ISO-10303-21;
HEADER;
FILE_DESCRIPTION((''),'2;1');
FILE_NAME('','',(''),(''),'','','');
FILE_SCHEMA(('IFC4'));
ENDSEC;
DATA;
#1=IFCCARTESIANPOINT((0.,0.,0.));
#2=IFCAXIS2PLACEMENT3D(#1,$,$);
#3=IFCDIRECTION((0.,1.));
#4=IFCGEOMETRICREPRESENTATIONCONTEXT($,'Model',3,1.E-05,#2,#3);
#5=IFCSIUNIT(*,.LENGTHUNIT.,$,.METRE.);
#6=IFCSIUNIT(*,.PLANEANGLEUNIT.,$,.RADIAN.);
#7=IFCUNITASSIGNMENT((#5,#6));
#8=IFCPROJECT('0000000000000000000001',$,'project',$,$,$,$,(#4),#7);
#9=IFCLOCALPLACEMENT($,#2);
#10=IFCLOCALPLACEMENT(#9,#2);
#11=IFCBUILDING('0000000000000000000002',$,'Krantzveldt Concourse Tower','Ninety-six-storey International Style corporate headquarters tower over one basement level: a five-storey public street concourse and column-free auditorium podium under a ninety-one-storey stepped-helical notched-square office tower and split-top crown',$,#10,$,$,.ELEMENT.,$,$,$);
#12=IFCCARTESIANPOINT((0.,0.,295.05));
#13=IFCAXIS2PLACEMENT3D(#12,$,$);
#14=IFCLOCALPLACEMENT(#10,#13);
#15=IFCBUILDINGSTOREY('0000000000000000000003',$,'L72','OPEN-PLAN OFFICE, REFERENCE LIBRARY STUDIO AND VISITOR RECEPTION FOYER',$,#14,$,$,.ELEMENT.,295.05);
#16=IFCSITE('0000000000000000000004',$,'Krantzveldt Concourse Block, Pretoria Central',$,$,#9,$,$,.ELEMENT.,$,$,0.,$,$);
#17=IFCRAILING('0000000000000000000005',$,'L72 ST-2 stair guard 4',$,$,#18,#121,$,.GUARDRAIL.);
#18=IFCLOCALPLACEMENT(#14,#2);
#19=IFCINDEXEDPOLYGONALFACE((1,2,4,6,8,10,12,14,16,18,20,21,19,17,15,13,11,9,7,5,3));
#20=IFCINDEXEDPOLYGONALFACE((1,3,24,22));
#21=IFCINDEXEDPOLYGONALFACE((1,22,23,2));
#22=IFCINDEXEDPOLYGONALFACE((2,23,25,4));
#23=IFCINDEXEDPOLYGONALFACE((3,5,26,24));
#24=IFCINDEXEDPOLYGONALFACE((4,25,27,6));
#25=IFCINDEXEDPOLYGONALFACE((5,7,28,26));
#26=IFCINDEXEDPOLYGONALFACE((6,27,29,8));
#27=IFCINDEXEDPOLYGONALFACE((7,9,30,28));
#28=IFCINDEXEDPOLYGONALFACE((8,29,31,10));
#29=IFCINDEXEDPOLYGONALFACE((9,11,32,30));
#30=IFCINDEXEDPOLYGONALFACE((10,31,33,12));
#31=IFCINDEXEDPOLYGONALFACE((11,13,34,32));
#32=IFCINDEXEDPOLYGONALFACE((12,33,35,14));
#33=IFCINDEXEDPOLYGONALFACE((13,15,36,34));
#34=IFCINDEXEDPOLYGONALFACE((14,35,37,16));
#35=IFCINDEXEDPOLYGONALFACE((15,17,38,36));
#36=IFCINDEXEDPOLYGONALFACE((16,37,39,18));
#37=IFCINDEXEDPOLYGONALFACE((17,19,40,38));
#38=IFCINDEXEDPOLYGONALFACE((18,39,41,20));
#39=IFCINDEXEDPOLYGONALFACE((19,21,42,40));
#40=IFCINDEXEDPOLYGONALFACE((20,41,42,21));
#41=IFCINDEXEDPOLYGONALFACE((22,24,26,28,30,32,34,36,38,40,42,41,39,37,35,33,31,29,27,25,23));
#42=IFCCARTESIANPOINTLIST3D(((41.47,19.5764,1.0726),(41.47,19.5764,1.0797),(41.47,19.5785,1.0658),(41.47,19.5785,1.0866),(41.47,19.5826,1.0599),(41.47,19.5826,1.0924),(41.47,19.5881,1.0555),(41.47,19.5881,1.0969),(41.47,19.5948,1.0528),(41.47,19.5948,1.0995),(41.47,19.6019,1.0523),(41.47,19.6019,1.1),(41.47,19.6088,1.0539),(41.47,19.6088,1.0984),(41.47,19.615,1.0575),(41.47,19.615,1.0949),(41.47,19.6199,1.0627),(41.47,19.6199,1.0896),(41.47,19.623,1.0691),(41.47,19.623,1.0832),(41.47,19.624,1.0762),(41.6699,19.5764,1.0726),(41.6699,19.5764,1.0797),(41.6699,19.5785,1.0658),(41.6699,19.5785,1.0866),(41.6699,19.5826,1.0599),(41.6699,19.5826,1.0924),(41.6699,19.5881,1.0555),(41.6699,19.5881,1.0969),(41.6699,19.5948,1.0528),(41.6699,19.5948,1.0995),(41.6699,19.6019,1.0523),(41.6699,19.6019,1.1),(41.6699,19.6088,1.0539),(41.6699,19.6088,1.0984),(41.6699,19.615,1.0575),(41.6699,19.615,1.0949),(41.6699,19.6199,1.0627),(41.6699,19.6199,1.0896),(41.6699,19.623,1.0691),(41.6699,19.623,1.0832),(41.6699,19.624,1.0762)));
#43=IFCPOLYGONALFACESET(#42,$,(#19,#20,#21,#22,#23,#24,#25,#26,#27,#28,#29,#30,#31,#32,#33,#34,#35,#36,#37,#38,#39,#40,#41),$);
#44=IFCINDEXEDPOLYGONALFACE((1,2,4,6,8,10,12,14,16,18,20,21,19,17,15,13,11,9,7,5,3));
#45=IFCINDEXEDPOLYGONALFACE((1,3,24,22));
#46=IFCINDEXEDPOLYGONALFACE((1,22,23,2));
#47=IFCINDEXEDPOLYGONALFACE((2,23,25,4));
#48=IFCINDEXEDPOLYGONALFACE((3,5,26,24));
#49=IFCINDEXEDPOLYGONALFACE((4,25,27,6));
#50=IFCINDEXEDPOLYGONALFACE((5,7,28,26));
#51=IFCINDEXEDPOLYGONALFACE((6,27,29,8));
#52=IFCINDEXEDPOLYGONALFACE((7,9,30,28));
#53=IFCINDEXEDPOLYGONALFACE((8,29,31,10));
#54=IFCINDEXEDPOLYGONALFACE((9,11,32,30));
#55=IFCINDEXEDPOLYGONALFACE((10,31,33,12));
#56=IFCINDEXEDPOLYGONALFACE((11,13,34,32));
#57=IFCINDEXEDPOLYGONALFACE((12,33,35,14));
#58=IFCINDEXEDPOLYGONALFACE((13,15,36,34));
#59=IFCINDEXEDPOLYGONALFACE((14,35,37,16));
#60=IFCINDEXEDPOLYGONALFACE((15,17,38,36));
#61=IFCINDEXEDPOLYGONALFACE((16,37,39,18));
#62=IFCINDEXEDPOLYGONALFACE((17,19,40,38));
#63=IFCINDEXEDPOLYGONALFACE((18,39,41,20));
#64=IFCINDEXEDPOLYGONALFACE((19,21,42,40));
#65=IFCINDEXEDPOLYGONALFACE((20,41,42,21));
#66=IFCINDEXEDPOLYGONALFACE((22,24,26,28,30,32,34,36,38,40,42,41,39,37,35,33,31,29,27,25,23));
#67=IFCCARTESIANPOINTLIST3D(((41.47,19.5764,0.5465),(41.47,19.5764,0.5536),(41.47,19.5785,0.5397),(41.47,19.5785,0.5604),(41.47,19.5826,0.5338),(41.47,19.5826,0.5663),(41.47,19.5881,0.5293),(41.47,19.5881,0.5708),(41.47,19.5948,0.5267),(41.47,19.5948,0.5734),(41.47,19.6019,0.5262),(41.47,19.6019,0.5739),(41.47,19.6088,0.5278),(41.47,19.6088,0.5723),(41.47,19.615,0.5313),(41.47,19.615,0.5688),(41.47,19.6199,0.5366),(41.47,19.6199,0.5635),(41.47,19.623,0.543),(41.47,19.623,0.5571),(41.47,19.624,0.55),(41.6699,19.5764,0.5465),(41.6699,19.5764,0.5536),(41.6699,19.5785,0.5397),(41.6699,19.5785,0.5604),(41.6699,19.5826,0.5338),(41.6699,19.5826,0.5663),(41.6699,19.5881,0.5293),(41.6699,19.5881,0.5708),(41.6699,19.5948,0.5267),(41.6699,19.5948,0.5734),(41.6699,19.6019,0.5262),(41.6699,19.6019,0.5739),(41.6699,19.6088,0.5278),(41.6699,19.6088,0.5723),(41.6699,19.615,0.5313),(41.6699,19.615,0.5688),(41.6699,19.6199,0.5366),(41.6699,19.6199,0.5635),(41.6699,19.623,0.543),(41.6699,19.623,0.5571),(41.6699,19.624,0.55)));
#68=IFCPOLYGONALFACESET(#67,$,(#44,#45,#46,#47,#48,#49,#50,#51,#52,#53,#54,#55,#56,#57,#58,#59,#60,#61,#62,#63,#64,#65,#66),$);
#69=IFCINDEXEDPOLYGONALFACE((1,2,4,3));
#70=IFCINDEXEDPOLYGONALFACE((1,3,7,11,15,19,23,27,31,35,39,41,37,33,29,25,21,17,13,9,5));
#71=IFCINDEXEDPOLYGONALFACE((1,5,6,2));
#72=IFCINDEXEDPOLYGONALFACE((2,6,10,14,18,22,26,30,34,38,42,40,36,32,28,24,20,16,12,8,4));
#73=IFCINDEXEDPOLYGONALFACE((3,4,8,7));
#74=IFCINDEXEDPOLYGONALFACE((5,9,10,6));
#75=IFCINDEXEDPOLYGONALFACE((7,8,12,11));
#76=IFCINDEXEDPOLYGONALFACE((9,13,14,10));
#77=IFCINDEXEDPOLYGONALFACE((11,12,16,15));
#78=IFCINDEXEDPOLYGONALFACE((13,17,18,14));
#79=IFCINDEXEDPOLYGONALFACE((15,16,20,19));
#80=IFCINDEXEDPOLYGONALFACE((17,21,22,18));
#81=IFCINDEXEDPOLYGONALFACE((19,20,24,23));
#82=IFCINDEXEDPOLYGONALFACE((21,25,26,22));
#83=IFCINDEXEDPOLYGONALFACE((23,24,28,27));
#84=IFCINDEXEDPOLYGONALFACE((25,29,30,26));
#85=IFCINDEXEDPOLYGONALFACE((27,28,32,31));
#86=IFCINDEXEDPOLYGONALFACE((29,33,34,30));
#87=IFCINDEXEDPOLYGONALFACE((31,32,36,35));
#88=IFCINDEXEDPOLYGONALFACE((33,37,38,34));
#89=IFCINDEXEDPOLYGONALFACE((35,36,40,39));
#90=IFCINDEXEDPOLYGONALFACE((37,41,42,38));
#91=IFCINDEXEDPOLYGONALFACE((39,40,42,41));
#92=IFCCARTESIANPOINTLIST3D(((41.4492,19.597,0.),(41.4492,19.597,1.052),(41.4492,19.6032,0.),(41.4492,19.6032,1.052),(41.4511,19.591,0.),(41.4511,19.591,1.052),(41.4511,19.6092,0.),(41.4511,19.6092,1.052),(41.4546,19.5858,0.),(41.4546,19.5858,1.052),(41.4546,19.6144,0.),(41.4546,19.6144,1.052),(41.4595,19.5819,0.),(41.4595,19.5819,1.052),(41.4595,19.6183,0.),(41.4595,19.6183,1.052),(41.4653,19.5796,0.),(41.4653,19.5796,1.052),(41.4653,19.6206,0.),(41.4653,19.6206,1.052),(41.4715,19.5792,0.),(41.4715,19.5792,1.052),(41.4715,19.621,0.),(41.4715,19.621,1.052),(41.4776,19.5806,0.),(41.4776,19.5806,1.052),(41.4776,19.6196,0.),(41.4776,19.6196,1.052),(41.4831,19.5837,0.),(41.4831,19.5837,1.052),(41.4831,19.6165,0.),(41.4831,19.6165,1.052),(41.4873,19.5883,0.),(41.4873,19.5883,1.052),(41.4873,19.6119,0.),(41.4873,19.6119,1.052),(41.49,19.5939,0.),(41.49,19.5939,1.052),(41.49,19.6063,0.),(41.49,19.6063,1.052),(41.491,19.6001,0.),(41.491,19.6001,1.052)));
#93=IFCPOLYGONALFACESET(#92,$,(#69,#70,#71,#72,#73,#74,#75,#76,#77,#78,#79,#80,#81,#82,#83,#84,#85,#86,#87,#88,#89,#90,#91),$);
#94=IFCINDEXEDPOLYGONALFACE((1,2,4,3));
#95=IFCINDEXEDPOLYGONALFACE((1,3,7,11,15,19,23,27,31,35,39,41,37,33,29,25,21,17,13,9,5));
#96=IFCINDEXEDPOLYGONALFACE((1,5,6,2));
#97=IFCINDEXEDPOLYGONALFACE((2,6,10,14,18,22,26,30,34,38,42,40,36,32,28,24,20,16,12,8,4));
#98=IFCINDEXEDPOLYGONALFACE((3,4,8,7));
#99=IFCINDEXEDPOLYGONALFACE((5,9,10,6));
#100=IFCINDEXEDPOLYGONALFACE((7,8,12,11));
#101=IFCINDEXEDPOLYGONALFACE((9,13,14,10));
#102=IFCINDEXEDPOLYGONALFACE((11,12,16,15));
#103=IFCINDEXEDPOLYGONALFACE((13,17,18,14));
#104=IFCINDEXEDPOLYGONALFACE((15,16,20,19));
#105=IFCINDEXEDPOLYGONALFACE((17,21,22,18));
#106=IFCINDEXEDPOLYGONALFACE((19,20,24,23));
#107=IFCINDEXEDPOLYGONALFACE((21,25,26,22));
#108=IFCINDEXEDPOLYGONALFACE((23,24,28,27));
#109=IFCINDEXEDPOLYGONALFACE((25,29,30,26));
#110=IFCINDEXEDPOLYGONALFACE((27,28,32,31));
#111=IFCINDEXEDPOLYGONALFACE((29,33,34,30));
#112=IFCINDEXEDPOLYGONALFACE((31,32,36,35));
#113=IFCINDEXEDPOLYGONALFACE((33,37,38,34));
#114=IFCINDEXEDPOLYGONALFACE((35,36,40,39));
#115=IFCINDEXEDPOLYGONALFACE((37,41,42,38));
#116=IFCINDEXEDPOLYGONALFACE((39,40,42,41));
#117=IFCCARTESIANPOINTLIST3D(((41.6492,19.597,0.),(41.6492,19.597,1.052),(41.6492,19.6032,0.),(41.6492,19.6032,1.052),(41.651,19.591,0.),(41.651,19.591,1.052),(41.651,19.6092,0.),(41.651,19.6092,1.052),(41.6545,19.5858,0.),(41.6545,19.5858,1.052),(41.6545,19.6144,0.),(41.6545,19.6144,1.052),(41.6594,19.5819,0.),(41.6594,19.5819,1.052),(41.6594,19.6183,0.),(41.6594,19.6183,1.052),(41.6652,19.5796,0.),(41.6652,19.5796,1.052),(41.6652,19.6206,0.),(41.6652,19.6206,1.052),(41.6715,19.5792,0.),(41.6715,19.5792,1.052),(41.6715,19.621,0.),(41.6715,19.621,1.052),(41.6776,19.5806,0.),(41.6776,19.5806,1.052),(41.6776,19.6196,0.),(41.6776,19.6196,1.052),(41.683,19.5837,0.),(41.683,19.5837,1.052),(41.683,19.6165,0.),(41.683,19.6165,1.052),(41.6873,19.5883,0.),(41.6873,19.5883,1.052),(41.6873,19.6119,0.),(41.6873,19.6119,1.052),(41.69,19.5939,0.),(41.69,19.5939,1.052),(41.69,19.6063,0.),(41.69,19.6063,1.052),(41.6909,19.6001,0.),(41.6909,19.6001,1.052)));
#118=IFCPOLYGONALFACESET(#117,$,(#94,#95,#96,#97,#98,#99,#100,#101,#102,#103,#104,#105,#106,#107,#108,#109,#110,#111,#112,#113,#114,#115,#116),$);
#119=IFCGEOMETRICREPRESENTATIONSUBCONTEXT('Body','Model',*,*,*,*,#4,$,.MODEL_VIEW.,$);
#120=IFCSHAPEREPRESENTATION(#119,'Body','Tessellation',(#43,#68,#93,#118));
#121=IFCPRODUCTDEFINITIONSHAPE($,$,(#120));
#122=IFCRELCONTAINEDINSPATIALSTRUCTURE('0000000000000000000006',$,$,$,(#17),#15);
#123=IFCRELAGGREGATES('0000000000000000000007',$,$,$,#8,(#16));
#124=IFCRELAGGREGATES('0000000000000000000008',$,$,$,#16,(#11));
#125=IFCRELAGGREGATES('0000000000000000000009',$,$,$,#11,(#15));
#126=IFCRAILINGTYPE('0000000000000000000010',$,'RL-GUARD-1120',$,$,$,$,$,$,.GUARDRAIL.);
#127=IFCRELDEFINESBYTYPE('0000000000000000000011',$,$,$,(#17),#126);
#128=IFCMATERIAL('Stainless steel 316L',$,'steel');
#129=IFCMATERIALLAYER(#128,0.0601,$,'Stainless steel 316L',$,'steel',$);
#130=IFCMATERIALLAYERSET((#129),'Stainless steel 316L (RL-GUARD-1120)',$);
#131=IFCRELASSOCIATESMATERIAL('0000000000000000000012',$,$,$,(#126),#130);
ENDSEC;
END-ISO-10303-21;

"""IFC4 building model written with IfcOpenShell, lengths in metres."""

from ifc_helpers import new_model, si_unit, direction, frame, origin, origin_2d, place, context, subcontext, project, spatial, circle, extrude, material, layer, layer_set, type_object, element, save


model = new_model("IFC4")

# Units and contexts
model_context = context("Model", 3, precision=1e-05, world=origin(), true_north=direction((0.0, 1.0)))
body_context = subcontext(model_context, "Body", "Model", "MODEL_VIEW")
ifc_project = project(units=[si_unit("LENGTHUNIT", "METRE"), si_unit("PLANEANGLEUNIT", "RADIAN")], contexts=[model_context])

# Site, building, storey
site_placement = place(None, origin())
site = spatial("IfcSite", under=ifc_project, at=site_placement, Name="Krantzveldt Concourse Block, Pretoria Central", CompositionType="ELEMENT", RefElevation=0.0)
building_placement = place(site_placement, origin())
building = spatial("IfcBuilding", under=site, at=building_placement, Name="Krantzveldt Concourse Tower", Description="Ninety-six-storey International Style corporate headquarters tower over one basement level: a five-storey public street concourse and column-free auditorium podium under a ninety-one-storey stepped-helical notched-square office tower and split-top crown", CompositionType="ELEMENT")
storey_placement = place(building_placement, frame((0.0, 0.0, 295.05)))
storey = spatial("IfcBuildingStorey", under=building, at=storey_placement, Name="L72", Description="OPEN-PLAN OFFICE, REFERENCE LIBRARY STUDIO AND VISITOR RECEPTION FOYER", CompositionType="ELEMENT", Elevation=295.05)

# Shared definitions
ifc_material_1 = material(Name="Stainless steel 316L", Category="steel")

# Railing
ifc_layer_1 = layer(ifc_material_1, 0.0601, Name="Stainless steel 316L", Category="steel")
ifc_layer_set_1 = layer_set([ifc_layer_1], Name="Stainless steel 316L (RL-GUARD-1120)")
railing_type_1 = type_object("IfcRailingType", Name="RL-GUARD-1120", PredefinedType="GUARDRAIL", material=ifc_layer_set_1)
railing_1_placement = place(storey_placement, frame((41.47, 19.6001, 0.0)))
element("IfcRailing", 1, at=railing_1_placement, inside=storey, type_object=railing_type_1, Name="L72 ST-2 stair guard 4", PredefinedType="GUARDRAIL", context=body_context, shape_type="SweptSolid", body=[
    extrude(circle(Radius=0.0239, at=origin_2d()), frame((0.0, 0.0, 1.0762), z_axis=(1.0, 0.0, 0.0), x_axis=(0.0, 1.0, 0.0)), (0.0, 0.0, 1.0), 0.2),
    extrude(circle(Radius=0.0239, at=origin_2d()), frame((0.0, 0.0, 0.55), z_axis=(1.0, 0.0, 0.0), x_axis=(0.0, 1.0, 0.0)), (0.0, 0.0, 1.0), 0.2),
    extrude(circle(Radius=0.021, at=origin_2d()), origin(), (0.0, 0.0, 1.0), 1.052),
    extrude(circle(Radius=0.021, at=origin_2d()), frame((0.2, 0.0, 0.0)), (0.0, 0.0, 1.0), 1.052),
])

save(model, "model.ifc")
